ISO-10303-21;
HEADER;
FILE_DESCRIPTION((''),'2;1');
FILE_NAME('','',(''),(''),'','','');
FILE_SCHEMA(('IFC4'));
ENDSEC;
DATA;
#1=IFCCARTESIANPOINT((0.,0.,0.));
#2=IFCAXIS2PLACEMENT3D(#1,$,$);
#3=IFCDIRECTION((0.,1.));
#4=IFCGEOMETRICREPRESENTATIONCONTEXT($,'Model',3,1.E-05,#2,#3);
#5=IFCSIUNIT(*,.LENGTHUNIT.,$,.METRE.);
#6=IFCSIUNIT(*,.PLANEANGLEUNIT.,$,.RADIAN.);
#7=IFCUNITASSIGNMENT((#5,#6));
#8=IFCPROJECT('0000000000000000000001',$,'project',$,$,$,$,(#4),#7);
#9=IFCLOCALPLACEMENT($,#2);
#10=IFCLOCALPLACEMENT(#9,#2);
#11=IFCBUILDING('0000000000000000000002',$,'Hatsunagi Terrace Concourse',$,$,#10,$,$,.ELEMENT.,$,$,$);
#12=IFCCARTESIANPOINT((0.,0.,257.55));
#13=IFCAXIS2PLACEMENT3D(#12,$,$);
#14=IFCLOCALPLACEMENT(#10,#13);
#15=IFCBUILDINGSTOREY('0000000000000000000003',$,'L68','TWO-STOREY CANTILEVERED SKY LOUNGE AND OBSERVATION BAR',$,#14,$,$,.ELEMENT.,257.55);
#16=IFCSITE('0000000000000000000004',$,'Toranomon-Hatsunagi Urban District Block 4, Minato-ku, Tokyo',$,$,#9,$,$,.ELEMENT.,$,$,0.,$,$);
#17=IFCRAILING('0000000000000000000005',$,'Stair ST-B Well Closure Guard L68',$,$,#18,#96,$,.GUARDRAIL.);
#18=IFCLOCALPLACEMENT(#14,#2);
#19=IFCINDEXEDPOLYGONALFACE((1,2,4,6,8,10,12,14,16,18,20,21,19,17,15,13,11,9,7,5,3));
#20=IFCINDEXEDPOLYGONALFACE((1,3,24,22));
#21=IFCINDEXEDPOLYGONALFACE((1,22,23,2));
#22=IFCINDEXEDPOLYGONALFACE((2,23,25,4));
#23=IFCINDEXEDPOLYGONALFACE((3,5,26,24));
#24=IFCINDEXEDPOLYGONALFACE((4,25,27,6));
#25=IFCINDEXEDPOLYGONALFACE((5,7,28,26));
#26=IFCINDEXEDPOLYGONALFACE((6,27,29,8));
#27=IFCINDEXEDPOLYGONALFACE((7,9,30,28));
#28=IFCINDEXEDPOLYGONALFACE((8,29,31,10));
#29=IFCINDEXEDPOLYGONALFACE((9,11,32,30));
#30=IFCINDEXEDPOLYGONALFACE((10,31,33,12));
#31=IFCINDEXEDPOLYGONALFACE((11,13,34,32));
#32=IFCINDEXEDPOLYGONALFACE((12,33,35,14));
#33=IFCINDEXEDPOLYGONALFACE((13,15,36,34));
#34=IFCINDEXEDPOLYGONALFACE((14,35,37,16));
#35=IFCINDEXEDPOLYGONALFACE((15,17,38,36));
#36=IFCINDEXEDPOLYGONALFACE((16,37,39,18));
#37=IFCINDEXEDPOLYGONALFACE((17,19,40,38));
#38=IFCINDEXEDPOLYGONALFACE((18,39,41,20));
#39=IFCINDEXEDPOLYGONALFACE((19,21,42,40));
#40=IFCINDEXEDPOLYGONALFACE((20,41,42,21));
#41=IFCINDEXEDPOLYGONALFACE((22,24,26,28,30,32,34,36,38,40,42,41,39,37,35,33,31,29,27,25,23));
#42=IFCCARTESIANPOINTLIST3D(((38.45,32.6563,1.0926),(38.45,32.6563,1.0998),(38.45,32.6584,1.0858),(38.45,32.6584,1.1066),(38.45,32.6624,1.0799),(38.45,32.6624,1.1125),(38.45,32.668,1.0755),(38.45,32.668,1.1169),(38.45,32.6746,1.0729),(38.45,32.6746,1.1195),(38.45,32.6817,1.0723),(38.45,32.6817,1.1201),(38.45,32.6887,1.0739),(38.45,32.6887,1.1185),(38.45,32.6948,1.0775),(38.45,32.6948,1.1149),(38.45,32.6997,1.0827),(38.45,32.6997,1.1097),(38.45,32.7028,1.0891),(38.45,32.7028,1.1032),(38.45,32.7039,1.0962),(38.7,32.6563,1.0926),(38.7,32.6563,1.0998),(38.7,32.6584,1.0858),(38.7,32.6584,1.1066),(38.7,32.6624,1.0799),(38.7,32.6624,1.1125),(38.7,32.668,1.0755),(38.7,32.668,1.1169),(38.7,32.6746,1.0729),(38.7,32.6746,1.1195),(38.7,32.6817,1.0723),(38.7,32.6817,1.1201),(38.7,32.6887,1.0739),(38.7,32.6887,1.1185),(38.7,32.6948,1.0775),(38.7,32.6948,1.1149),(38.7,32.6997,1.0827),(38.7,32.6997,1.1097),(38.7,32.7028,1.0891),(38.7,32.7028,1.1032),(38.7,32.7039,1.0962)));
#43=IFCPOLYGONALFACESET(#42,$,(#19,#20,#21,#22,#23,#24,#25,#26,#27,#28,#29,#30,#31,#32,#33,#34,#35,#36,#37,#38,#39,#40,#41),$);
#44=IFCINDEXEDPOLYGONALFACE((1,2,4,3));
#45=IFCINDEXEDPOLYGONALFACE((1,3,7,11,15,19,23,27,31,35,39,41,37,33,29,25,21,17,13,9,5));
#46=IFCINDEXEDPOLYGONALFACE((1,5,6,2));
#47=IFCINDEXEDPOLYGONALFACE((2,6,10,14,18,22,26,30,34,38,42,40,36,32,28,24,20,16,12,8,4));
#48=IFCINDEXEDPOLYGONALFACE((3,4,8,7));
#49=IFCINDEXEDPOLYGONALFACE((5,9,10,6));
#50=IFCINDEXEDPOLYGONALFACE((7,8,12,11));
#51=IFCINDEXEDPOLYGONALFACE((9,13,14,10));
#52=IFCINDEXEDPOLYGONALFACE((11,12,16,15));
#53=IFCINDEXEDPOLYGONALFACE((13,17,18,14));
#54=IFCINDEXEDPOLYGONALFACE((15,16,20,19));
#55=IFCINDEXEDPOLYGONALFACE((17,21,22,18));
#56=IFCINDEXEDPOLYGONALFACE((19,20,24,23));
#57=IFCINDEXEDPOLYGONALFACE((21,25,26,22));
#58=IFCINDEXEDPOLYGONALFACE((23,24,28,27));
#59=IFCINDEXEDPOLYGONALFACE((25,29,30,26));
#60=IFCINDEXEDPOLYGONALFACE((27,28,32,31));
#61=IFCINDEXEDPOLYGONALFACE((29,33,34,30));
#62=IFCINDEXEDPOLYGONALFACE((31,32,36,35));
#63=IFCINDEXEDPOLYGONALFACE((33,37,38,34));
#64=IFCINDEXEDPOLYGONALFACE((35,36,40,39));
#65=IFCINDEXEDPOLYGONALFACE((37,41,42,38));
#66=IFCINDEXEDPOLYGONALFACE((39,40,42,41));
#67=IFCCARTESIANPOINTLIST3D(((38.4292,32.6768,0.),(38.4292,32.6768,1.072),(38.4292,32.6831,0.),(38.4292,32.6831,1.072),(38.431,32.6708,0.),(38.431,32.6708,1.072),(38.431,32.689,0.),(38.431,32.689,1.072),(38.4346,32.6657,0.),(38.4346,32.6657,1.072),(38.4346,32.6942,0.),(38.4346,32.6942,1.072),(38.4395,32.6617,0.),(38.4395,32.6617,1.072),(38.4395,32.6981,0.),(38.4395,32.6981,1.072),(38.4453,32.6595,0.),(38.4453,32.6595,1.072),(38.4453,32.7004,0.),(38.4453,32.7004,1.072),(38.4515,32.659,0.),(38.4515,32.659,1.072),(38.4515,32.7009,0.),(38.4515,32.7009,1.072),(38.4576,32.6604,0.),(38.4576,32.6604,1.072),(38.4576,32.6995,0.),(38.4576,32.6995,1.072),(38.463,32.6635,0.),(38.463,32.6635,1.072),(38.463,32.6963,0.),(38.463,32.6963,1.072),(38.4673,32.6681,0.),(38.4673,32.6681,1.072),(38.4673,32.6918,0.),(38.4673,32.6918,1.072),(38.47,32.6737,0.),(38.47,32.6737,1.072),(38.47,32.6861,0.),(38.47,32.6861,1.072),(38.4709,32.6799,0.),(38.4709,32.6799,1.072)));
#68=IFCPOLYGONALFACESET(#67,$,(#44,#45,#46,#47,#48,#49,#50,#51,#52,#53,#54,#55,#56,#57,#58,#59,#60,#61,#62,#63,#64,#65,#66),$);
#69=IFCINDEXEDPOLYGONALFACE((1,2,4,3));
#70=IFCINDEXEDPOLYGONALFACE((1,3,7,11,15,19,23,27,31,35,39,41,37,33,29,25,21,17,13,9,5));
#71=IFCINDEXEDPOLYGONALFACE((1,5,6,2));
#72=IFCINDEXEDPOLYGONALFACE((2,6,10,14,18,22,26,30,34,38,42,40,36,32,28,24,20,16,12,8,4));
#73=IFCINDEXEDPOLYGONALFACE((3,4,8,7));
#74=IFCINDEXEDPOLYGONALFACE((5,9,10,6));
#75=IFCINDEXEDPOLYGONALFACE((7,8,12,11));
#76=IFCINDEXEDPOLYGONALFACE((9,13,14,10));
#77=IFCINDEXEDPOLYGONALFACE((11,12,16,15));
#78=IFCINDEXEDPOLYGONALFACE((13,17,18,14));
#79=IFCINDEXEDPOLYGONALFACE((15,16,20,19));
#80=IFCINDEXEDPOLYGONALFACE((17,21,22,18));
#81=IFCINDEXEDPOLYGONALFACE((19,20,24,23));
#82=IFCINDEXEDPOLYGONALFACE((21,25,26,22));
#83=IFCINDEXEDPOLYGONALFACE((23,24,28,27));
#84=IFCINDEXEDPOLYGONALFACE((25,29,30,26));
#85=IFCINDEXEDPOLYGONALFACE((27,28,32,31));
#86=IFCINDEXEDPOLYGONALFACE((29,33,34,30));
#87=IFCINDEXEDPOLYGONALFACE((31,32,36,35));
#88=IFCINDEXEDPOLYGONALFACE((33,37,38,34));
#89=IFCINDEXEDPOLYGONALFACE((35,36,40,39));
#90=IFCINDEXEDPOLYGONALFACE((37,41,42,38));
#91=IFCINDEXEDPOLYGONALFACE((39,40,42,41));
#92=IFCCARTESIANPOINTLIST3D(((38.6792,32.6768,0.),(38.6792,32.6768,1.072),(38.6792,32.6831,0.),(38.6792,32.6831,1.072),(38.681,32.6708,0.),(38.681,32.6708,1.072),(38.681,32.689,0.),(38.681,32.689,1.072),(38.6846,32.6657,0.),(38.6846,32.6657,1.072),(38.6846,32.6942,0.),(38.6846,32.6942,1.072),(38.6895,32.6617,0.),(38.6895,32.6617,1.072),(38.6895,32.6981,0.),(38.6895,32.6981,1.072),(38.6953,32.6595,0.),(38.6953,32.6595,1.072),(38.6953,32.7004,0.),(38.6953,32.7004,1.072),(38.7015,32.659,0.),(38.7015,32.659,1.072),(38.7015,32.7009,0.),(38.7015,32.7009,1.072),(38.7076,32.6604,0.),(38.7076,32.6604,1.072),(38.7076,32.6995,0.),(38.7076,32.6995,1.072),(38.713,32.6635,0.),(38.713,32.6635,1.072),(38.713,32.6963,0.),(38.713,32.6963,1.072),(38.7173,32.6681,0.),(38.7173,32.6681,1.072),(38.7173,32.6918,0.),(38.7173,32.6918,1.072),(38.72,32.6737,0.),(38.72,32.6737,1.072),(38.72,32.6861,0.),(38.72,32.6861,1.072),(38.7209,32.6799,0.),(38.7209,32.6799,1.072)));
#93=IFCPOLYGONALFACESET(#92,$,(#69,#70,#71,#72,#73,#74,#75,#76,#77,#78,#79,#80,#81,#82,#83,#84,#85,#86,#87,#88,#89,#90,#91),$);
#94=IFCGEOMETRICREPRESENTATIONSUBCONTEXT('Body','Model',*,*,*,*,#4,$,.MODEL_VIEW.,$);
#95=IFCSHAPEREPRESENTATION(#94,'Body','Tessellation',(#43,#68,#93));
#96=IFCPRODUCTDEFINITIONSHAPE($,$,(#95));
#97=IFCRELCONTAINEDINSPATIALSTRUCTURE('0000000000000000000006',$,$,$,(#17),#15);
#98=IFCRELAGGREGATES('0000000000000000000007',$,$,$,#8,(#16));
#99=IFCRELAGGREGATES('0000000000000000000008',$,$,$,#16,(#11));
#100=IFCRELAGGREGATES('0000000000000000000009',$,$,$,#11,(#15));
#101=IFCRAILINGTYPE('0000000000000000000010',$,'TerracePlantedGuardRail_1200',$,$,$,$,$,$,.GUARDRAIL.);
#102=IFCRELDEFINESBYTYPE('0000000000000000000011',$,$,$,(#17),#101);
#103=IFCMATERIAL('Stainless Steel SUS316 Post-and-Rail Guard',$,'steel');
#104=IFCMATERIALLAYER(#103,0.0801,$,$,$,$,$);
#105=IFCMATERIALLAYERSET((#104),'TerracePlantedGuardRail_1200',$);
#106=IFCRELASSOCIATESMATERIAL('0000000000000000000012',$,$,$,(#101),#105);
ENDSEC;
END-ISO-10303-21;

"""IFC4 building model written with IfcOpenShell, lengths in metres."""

from ifc_helpers import new_model, si_unit, direction, frame, origin, origin_2d, place, context, subcontext, project, spatial, circle, extrude, material, layer, layer_set, type_object, element, save


model = new_model("IFC4")

# Units and contexts
model_context = context("Model", 3, precision=1e-05, world=origin(), true_north=direction((0.0, 1.0)))
body_context = subcontext(model_context, "Body", "Model", "MODEL_VIEW")
ifc_project = project(units=[si_unit("LENGTHUNIT", "METRE"), si_unit("PLANEANGLEUNIT", "RADIAN")], contexts=[model_context])

# Site, building, storey
site_placement = place(None, origin())
site = spatial("IfcSite", under=ifc_project, at=site_placement, Name="Toranomon-Hatsunagi Urban District Block 4, Minato-ku, Tokyo", CompositionType="ELEMENT", RefElevation=0.0)
building_placement = place(site_placement, origin())
building = spatial("IfcBuilding", under=site, at=building_placement, Name="Hatsunagi Terrace Concourse", CompositionType="ELEMENT")
storey_placement = place(building_placement, frame((0.0, 0.0, 257.55)))
storey = spatial("IfcBuildingStorey", under=building, at=storey_placement, Name="L68", Description="TWO-STOREY CANTILEVERED SKY LOUNGE AND OBSERVATION BAR", CompositionType="ELEMENT", Elevation=257.55)

# Railing
ifc_material_1 = material(Name="Stainless Steel SUS316 Post-and-Rail Guard", Category="steel")
ifc_layer_1 = layer(ifc_material_1, 0.0801)
ifc_layer_set_1 = layer_set([ifc_layer_1], Name="TerracePlantedGuardRail_1200")
railing_type_1 = type_object("IfcRailingType", Name="TerracePlantedGuardRail_1200", PredefinedType="GUARDRAIL", material=ifc_layer_set_1)
railing_1_placement = place(storey_placement, frame((38.45, 32.6799, 0.0)))
element("IfcRailing", 1, at=railing_1_placement, inside=storey, type_object=railing_type_1, Name="Stair ST-B Well Closure Guard L68", PredefinedType="GUARDRAIL", context=body_context, shape_type="SweptSolid", body=[
    extrude(circle(Radius=0.0239, at=origin_2d()), frame((0.0, 0.0, 1.0962), z_axis=(1.0, 0.0, 0.0), x_axis=(0.0, 1.0, 0.0)), (0.0, 0.0, 1.0), 0.25),
    extrude(circle(Radius=0.021, at=origin_2d()), origin(), (0.0, 0.0, 1.0), 1.072),
    extrude(circle(Radius=0.021, at=origin_2d()), frame((0.25, 0.0, 0.0)), (0.0, 0.0, 1.0), 1.072),
])

save(model, "model.ifc")
